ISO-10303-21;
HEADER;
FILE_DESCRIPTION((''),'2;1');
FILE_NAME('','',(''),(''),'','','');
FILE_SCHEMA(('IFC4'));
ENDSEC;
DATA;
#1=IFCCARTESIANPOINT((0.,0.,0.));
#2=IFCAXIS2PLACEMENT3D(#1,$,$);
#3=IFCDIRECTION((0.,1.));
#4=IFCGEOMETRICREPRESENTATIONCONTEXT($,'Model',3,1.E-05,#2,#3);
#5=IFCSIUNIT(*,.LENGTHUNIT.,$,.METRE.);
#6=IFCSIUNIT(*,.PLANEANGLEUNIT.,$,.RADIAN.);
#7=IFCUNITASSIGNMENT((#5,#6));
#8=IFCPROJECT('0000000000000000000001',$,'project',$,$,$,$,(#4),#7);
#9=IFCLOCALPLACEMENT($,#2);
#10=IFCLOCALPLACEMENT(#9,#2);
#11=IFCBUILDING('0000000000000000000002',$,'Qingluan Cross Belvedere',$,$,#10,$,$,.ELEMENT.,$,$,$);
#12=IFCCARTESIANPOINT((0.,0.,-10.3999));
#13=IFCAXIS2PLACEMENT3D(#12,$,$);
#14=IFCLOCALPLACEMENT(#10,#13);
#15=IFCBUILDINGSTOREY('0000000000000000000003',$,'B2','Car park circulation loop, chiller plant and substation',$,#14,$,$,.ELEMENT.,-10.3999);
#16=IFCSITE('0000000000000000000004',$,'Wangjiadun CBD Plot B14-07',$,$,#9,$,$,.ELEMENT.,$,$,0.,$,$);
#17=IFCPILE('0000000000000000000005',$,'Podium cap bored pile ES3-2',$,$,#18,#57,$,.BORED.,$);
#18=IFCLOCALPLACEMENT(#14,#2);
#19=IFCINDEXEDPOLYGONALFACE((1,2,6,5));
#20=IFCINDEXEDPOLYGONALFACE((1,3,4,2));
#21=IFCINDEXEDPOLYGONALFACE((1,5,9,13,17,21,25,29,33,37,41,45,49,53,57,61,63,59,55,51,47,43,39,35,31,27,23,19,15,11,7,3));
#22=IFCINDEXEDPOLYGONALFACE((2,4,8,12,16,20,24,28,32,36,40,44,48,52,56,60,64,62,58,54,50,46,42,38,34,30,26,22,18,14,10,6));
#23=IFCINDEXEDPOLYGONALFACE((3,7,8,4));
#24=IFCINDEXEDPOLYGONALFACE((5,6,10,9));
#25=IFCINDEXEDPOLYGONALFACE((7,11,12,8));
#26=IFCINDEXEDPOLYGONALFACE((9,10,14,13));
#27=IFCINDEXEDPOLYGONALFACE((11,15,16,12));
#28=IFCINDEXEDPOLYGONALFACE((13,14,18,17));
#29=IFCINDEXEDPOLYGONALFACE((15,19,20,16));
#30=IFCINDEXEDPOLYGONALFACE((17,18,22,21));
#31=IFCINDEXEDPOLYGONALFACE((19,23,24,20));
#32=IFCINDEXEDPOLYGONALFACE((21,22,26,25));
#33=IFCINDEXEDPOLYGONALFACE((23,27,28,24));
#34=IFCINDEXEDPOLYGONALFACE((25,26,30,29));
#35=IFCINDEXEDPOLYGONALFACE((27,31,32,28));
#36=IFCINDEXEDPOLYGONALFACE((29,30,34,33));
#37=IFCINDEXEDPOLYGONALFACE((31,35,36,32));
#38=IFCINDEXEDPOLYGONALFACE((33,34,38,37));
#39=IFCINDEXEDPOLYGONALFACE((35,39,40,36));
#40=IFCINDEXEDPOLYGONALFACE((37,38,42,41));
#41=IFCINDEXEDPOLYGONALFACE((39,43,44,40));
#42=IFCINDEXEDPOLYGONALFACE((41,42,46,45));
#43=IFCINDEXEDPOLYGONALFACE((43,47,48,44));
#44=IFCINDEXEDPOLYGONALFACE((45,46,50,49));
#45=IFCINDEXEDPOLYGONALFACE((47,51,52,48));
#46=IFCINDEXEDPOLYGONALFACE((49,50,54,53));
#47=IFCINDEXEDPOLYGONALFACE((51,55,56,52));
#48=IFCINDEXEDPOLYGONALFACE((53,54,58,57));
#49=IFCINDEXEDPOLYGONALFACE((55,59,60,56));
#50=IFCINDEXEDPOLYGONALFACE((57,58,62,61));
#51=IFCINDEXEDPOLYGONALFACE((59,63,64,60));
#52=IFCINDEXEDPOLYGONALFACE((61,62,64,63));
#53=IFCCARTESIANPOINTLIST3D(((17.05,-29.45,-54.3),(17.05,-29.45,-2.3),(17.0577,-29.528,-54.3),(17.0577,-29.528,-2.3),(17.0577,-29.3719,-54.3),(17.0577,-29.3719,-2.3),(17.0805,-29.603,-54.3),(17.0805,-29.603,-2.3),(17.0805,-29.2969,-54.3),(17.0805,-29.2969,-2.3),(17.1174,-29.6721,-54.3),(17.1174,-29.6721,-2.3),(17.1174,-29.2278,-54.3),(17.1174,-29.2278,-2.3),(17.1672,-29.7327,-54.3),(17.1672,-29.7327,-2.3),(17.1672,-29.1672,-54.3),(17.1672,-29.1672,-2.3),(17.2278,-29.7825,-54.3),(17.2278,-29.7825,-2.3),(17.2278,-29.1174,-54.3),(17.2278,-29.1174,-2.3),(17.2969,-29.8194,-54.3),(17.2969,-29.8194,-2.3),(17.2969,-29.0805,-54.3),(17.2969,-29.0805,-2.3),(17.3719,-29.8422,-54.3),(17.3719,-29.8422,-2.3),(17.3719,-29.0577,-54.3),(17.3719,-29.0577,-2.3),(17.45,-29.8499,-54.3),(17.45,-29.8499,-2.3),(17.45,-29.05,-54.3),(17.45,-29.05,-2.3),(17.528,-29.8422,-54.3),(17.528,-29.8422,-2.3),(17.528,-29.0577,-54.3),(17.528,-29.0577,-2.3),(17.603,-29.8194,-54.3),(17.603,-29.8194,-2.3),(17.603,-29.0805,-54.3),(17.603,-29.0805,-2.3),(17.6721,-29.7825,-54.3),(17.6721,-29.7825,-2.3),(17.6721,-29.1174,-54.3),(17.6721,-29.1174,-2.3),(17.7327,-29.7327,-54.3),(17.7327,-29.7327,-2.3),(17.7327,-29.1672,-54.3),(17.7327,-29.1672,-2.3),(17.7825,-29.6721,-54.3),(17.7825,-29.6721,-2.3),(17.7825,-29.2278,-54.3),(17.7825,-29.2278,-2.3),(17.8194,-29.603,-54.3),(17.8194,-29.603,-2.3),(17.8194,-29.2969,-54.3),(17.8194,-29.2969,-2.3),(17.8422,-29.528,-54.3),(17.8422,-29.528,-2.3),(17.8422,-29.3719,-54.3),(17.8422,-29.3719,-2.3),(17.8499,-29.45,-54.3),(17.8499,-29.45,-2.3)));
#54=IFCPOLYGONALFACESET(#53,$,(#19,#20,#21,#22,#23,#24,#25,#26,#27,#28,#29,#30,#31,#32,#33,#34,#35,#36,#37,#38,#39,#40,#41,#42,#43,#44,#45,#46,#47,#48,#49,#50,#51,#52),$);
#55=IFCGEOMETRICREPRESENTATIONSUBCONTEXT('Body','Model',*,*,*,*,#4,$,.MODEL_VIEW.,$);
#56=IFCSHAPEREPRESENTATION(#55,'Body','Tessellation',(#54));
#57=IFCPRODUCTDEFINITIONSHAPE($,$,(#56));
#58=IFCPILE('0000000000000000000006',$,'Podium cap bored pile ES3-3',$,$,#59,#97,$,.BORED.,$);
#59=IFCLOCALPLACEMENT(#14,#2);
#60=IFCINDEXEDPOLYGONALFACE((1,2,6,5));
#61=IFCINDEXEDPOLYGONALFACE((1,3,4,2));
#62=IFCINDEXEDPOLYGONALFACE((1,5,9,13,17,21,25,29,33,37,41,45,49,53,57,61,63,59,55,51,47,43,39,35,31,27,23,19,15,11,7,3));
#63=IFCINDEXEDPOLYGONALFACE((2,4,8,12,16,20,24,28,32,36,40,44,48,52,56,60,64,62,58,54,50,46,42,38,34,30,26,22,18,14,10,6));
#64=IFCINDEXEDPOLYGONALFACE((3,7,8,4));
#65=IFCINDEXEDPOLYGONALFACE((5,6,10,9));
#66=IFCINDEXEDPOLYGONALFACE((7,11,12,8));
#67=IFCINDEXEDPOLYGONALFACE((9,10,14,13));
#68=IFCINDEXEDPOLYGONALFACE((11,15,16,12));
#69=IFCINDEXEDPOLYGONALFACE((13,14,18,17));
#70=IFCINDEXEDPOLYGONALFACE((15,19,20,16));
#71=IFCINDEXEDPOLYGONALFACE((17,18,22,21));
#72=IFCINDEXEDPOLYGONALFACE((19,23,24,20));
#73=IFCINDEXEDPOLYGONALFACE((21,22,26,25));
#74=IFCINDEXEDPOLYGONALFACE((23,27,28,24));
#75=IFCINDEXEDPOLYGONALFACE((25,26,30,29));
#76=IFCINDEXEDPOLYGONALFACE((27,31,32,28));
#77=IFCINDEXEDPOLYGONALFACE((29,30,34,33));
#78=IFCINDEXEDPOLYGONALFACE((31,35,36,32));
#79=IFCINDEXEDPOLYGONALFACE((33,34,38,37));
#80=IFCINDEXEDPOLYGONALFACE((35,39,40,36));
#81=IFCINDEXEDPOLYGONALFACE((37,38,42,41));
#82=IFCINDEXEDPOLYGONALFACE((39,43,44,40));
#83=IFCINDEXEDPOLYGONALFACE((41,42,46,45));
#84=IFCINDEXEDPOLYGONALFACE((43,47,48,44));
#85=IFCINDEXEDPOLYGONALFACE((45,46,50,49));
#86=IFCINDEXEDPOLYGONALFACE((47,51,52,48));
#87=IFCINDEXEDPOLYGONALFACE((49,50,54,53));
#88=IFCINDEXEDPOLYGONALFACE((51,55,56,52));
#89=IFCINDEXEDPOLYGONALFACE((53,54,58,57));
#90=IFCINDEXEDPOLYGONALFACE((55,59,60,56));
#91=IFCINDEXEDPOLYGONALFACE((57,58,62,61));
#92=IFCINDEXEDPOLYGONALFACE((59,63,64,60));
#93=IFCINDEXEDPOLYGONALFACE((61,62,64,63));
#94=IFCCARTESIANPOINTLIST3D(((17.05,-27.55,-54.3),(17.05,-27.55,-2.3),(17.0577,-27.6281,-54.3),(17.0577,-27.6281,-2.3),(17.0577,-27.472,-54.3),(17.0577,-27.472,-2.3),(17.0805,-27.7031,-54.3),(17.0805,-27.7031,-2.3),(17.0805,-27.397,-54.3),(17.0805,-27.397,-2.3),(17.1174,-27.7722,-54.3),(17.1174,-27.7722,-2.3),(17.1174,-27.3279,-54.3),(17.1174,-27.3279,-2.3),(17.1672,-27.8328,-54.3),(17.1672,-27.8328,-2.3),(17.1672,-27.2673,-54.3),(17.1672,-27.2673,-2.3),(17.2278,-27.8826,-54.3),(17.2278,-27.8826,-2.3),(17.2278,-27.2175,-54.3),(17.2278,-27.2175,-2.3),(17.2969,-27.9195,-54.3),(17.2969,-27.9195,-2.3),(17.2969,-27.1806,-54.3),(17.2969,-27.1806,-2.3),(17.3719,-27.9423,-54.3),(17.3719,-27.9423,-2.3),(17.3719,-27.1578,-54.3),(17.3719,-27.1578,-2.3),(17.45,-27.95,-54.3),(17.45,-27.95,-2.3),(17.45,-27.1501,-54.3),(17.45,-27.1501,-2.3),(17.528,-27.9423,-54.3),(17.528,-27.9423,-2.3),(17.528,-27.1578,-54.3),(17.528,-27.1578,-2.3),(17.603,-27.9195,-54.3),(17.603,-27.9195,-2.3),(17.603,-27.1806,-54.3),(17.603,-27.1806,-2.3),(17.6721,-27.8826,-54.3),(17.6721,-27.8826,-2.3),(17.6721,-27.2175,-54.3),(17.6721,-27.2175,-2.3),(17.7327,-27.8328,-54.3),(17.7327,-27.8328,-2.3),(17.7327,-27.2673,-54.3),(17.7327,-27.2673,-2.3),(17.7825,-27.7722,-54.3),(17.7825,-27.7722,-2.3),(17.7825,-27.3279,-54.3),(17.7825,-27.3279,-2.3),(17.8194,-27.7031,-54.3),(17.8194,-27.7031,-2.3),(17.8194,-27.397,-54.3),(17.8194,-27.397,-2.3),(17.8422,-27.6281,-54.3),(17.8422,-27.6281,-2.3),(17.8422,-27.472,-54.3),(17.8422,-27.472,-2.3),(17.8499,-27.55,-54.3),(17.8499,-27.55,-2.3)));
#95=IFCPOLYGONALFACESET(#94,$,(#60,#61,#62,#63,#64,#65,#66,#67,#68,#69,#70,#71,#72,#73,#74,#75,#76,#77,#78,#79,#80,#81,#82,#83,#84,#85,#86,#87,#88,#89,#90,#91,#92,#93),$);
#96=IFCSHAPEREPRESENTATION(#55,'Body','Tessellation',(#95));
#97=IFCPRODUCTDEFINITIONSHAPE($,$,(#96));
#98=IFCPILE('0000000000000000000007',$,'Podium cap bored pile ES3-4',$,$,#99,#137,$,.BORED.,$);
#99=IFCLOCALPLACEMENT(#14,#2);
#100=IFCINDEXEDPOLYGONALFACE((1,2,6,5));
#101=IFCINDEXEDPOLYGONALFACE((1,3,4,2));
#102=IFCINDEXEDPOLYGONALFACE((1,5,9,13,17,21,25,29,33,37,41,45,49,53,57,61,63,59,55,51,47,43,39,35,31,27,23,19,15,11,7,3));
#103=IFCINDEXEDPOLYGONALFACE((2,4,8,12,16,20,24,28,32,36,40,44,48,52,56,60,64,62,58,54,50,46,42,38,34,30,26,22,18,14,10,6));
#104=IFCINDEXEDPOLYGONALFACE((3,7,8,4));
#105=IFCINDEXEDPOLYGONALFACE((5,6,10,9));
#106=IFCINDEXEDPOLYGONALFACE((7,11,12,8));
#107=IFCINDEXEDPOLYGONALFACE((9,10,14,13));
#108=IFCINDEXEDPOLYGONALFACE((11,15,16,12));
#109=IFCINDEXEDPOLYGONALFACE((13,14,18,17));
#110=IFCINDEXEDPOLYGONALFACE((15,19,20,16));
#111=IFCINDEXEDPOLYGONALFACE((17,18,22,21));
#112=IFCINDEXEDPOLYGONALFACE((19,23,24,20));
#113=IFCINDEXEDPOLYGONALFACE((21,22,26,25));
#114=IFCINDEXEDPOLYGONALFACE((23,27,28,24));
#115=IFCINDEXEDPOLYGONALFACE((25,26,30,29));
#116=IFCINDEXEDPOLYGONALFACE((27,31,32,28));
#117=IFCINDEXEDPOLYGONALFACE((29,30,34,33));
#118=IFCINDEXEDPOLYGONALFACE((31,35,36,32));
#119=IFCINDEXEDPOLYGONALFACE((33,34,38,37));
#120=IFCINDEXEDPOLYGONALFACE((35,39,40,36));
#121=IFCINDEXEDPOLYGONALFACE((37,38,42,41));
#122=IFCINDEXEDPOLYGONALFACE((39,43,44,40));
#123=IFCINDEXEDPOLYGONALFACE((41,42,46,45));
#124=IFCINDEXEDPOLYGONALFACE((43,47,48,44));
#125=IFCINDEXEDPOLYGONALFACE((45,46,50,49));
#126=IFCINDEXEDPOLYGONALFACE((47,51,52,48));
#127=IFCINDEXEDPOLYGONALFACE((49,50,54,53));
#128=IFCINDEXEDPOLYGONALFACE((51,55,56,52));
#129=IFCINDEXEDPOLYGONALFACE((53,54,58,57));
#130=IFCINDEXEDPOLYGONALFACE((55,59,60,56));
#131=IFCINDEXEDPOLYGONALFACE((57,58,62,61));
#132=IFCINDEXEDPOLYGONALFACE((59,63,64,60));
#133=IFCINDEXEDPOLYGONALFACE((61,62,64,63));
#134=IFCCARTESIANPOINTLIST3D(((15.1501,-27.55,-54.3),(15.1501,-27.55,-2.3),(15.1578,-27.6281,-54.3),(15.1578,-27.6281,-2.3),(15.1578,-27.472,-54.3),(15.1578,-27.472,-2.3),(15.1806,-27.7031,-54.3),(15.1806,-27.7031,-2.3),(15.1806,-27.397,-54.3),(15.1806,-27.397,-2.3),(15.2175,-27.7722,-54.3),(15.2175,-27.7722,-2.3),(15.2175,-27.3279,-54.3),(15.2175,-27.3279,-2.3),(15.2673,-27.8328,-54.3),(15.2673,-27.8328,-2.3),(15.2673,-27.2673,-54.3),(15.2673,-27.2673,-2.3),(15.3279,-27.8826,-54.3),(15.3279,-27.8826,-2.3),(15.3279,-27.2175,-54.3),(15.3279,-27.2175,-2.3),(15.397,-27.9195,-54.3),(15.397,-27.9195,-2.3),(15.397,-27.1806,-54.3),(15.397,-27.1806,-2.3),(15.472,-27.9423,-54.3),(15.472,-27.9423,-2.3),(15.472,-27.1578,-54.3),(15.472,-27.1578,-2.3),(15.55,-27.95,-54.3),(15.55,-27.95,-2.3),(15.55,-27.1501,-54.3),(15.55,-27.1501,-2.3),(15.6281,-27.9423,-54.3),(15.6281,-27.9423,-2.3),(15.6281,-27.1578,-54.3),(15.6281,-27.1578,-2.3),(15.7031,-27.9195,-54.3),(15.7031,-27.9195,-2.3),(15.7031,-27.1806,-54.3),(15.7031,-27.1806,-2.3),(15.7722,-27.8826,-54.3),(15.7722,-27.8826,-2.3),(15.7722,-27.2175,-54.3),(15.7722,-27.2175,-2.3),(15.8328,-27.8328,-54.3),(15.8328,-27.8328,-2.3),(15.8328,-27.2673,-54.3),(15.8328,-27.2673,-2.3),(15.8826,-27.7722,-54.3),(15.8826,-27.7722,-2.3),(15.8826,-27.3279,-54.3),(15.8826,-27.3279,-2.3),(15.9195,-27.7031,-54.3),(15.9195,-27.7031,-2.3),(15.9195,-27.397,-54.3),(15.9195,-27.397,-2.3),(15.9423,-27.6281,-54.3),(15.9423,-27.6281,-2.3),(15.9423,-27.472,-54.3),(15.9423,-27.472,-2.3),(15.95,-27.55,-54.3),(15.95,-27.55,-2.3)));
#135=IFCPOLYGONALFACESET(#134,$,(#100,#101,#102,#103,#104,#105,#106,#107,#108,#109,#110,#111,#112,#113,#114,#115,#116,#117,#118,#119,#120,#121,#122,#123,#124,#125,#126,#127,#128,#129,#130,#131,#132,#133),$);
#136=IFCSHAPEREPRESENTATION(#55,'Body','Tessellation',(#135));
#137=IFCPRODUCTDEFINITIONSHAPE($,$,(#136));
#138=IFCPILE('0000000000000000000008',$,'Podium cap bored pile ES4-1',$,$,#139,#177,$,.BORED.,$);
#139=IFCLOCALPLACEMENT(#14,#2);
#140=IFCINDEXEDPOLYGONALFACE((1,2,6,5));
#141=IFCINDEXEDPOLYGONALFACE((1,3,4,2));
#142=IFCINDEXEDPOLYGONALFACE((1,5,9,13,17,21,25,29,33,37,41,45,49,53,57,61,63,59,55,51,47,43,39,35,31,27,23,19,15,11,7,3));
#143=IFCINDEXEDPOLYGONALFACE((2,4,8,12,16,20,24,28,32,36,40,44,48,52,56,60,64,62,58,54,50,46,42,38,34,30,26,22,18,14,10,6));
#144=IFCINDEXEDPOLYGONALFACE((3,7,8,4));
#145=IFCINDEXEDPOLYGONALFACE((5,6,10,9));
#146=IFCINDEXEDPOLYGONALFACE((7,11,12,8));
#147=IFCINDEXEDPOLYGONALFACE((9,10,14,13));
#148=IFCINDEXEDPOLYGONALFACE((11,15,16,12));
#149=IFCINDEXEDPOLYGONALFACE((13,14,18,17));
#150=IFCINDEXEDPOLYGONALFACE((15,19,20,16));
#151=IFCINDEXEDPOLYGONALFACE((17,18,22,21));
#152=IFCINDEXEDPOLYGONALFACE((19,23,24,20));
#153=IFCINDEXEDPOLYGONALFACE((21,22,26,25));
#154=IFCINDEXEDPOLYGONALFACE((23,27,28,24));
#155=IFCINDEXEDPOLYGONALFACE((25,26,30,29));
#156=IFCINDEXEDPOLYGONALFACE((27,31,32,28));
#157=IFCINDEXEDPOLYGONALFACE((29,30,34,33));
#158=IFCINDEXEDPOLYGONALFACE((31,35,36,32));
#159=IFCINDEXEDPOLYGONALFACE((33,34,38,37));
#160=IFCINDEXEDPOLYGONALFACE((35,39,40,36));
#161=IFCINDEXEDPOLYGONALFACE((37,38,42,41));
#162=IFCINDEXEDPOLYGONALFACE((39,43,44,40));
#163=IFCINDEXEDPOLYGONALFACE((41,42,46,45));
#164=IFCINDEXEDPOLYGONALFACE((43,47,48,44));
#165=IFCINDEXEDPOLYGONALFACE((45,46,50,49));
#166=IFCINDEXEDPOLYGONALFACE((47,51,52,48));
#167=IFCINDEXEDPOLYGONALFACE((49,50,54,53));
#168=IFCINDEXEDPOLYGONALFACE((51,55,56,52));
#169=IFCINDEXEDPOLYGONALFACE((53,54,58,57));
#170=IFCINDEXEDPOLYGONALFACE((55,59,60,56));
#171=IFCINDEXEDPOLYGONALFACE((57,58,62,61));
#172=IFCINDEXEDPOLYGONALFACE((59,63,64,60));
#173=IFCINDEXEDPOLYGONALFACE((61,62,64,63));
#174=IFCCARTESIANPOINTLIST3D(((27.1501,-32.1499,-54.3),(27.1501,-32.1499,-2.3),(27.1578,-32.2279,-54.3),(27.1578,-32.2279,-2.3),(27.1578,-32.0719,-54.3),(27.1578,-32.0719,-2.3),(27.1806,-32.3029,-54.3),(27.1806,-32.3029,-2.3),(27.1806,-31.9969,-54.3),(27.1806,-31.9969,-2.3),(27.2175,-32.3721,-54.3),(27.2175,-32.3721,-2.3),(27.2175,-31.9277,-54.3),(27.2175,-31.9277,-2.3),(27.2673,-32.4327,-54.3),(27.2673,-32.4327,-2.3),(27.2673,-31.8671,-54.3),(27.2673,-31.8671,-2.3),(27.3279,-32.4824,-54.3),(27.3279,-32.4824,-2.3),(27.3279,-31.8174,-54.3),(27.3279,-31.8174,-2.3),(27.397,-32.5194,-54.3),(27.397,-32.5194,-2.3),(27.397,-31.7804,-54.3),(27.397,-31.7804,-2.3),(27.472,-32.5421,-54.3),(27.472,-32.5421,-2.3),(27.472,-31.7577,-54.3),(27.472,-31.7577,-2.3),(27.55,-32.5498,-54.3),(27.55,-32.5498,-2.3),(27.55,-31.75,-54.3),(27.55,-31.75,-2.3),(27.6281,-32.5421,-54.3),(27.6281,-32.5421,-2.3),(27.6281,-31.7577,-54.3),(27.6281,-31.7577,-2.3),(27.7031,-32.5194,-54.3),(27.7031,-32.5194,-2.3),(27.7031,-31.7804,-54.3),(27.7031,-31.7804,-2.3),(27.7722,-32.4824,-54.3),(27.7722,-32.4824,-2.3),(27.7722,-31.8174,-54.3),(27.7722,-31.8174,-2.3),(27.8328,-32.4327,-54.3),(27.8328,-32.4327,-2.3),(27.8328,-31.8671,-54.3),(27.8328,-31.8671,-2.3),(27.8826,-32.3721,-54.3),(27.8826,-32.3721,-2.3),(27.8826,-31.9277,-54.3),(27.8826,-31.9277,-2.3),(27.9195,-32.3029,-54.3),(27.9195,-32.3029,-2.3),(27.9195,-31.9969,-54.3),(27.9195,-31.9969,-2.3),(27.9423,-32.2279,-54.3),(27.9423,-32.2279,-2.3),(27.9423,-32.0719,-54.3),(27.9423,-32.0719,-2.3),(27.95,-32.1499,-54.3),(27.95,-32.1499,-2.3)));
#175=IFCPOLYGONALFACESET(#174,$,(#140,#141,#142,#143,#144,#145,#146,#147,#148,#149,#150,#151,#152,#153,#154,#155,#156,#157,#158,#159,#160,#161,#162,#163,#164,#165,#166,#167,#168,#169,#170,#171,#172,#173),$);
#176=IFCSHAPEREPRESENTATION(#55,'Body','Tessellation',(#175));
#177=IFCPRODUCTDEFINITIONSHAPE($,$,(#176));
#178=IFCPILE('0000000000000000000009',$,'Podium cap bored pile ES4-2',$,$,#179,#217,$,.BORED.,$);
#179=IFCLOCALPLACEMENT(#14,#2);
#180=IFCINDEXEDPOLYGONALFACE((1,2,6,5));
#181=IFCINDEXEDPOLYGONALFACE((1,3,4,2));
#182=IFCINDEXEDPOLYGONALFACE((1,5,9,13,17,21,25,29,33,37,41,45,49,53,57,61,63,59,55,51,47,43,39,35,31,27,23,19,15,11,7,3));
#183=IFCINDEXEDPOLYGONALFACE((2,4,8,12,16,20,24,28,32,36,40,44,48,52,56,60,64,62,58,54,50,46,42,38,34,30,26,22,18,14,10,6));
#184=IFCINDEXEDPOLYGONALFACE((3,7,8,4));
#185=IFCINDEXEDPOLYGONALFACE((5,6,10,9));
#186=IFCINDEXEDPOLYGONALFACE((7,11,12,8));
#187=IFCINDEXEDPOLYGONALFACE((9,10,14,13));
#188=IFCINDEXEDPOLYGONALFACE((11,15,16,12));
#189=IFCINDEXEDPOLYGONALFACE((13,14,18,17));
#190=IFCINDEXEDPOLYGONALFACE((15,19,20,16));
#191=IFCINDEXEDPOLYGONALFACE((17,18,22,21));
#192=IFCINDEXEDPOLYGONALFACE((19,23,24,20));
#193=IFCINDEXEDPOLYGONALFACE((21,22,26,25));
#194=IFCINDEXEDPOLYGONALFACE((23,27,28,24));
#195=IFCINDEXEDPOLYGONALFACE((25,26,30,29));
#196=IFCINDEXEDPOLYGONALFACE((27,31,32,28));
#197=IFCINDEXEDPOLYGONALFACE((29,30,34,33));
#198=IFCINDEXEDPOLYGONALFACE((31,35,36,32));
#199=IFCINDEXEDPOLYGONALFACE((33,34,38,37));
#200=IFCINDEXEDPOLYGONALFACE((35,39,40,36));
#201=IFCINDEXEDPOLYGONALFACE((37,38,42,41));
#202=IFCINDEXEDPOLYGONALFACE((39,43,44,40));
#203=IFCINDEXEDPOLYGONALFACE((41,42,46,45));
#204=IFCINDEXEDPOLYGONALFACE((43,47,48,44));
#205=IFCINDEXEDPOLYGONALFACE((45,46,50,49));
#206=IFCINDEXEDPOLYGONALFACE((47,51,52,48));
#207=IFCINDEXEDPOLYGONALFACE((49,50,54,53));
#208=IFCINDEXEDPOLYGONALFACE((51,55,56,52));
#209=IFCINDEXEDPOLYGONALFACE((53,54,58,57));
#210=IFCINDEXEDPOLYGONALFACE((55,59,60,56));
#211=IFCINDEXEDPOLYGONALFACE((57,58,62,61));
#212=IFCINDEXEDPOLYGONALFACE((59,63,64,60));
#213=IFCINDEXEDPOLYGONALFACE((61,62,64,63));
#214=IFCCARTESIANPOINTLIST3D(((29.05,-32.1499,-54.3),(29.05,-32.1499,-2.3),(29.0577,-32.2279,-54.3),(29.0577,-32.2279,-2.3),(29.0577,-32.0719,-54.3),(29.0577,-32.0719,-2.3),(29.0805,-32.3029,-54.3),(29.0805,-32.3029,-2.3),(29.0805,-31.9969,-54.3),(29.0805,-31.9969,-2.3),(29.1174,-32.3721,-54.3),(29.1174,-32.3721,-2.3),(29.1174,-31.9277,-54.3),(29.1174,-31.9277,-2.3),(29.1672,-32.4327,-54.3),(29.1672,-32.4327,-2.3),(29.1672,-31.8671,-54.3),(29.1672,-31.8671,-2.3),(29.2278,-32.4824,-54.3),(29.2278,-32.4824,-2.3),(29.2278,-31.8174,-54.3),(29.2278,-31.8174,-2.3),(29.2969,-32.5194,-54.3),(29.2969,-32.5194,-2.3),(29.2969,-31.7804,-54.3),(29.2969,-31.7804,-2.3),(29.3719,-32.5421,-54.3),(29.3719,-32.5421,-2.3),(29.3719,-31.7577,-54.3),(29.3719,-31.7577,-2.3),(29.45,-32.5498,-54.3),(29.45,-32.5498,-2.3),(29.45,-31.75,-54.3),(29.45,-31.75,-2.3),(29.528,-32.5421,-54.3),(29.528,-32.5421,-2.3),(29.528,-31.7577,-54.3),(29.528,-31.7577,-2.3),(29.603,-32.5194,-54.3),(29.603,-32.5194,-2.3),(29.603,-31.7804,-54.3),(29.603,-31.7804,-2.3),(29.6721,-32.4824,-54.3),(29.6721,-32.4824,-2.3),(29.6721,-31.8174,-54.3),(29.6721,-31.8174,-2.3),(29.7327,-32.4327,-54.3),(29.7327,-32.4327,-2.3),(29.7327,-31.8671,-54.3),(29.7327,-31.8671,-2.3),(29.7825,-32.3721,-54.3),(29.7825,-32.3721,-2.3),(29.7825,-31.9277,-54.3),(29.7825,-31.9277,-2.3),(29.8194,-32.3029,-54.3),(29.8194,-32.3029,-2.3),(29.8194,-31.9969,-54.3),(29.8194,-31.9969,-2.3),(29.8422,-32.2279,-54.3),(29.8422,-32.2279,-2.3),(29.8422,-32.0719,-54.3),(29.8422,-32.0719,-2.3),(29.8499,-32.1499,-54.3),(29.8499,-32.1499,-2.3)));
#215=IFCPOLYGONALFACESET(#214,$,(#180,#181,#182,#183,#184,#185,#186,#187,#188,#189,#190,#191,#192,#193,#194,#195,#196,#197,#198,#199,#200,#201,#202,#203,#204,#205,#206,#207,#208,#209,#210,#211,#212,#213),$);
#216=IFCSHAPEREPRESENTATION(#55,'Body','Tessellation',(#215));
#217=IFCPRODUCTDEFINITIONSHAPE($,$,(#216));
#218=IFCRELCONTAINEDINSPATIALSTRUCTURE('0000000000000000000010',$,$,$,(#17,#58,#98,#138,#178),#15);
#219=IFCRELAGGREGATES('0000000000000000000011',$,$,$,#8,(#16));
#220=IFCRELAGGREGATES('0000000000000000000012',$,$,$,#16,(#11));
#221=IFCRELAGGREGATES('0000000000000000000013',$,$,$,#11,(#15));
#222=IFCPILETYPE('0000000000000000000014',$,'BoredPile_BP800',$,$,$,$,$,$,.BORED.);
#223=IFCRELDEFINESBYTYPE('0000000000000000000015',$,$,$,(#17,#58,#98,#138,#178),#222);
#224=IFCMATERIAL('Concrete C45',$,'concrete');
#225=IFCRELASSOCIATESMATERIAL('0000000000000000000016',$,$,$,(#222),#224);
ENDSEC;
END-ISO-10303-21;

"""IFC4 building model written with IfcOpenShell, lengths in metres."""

from ifc_helpers import new_model, si_unit, direction, frame, origin, origin_2d, place, context, subcontext, project, spatial, circle, extrude, material, material_profile, profile_set, type_object, element, save


model = new_model("IFC4")

# Units and contexts
model_context = context("Model", 3, precision=1e-05, world=origin(), true_north=direction((0.0, 1.0)))
body_context = subcontext(model_context, "Body", "Model", "MODEL_VIEW")
ifc_project = project(units=[si_unit("LENGTHUNIT", "METRE"), si_unit("PLANEANGLEUNIT", "RADIAN")], contexts=[model_context])

# Site, building, storey
site_placement = place(None, origin())
site = spatial("IfcSite", under=ifc_project, at=site_placement, Name="Wangjiadun CBD Plot B14-07", CompositionType="ELEMENT", RefElevation=0.0)
building_placement = place(site_placement, origin())
building = spatial("IfcBuilding", under=site, at=building_placement, Name="Qingluan Cross Belvedere", CompositionType="ELEMENT")
storey_placement = place(building_placement, frame((0.0, 0.0, -10.3999)))
storey = spatial("IfcBuildingStorey", under=building, at=storey_placement, Name="B2", Description="Car park circulation loop, chiller plant and substation", CompositionType="ELEMENT", Elevation=-10.3999)

# Piles
ifc_material_1 = material(Name="Concrete C45", Category="concrete")
ifc_material_profile_1 = material_profile(ifc_material_1, circle(Radius=0.3999, at=origin_2d()), Name="BP800")
ifc_profile_set_1 = profile_set([ifc_material_profile_1], Name="Concrete C45")
pile_type_1 = type_object("IfcPileType", Name="BoredPile_BP800", PredefinedType="BORED", material=ifc_profile_set_1)
for number, where, z_axis, x_axis, name in (
    (1, (17.45, -29.45, -2.3), (0.0, 0.0, -1.0), (1.0, 0.0, 0.0), "Podium cap bored pile ES3-2"),
    (2, (17.45, -27.55, -2.3), (0.0, 0.0, -1.0), (1.0, 0.0, 0.0), "Podium cap bored pile ES3-3"),
    (3, (15.55, -27.55, -2.3), (0.0, 0.0, -1.0), (1.0, 0.0, 0.0), "Podium cap bored pile ES3-4"),
    (4, (27.55, -32.1499, -2.3), (0.0, 0.0, -1.0), (1.0, 0.0, 0.0), "Podium cap bored pile ES4-1"),
    (5, (29.45, -32.1499, -2.3), (0.0, 0.0, -1.0), (1.0, 0.0, 0.0), "Podium cap bored pile ES4-2"),
):
    element("IfcPile", number, at=place(storey_placement, frame(where, z_axis=z_axis, x_axis=x_axis)), inside=storey, type_object=pile_type_1, Name=name, PredefinedType="BORED", context=body_context, shape_type="SweptSolid", body=[
        extrude(circle(Radius=0.3999, at=origin_2d()), origin(), (0.0, 0.0, 1.0), 52.0),
    ])

save(model, "model.ifc")
